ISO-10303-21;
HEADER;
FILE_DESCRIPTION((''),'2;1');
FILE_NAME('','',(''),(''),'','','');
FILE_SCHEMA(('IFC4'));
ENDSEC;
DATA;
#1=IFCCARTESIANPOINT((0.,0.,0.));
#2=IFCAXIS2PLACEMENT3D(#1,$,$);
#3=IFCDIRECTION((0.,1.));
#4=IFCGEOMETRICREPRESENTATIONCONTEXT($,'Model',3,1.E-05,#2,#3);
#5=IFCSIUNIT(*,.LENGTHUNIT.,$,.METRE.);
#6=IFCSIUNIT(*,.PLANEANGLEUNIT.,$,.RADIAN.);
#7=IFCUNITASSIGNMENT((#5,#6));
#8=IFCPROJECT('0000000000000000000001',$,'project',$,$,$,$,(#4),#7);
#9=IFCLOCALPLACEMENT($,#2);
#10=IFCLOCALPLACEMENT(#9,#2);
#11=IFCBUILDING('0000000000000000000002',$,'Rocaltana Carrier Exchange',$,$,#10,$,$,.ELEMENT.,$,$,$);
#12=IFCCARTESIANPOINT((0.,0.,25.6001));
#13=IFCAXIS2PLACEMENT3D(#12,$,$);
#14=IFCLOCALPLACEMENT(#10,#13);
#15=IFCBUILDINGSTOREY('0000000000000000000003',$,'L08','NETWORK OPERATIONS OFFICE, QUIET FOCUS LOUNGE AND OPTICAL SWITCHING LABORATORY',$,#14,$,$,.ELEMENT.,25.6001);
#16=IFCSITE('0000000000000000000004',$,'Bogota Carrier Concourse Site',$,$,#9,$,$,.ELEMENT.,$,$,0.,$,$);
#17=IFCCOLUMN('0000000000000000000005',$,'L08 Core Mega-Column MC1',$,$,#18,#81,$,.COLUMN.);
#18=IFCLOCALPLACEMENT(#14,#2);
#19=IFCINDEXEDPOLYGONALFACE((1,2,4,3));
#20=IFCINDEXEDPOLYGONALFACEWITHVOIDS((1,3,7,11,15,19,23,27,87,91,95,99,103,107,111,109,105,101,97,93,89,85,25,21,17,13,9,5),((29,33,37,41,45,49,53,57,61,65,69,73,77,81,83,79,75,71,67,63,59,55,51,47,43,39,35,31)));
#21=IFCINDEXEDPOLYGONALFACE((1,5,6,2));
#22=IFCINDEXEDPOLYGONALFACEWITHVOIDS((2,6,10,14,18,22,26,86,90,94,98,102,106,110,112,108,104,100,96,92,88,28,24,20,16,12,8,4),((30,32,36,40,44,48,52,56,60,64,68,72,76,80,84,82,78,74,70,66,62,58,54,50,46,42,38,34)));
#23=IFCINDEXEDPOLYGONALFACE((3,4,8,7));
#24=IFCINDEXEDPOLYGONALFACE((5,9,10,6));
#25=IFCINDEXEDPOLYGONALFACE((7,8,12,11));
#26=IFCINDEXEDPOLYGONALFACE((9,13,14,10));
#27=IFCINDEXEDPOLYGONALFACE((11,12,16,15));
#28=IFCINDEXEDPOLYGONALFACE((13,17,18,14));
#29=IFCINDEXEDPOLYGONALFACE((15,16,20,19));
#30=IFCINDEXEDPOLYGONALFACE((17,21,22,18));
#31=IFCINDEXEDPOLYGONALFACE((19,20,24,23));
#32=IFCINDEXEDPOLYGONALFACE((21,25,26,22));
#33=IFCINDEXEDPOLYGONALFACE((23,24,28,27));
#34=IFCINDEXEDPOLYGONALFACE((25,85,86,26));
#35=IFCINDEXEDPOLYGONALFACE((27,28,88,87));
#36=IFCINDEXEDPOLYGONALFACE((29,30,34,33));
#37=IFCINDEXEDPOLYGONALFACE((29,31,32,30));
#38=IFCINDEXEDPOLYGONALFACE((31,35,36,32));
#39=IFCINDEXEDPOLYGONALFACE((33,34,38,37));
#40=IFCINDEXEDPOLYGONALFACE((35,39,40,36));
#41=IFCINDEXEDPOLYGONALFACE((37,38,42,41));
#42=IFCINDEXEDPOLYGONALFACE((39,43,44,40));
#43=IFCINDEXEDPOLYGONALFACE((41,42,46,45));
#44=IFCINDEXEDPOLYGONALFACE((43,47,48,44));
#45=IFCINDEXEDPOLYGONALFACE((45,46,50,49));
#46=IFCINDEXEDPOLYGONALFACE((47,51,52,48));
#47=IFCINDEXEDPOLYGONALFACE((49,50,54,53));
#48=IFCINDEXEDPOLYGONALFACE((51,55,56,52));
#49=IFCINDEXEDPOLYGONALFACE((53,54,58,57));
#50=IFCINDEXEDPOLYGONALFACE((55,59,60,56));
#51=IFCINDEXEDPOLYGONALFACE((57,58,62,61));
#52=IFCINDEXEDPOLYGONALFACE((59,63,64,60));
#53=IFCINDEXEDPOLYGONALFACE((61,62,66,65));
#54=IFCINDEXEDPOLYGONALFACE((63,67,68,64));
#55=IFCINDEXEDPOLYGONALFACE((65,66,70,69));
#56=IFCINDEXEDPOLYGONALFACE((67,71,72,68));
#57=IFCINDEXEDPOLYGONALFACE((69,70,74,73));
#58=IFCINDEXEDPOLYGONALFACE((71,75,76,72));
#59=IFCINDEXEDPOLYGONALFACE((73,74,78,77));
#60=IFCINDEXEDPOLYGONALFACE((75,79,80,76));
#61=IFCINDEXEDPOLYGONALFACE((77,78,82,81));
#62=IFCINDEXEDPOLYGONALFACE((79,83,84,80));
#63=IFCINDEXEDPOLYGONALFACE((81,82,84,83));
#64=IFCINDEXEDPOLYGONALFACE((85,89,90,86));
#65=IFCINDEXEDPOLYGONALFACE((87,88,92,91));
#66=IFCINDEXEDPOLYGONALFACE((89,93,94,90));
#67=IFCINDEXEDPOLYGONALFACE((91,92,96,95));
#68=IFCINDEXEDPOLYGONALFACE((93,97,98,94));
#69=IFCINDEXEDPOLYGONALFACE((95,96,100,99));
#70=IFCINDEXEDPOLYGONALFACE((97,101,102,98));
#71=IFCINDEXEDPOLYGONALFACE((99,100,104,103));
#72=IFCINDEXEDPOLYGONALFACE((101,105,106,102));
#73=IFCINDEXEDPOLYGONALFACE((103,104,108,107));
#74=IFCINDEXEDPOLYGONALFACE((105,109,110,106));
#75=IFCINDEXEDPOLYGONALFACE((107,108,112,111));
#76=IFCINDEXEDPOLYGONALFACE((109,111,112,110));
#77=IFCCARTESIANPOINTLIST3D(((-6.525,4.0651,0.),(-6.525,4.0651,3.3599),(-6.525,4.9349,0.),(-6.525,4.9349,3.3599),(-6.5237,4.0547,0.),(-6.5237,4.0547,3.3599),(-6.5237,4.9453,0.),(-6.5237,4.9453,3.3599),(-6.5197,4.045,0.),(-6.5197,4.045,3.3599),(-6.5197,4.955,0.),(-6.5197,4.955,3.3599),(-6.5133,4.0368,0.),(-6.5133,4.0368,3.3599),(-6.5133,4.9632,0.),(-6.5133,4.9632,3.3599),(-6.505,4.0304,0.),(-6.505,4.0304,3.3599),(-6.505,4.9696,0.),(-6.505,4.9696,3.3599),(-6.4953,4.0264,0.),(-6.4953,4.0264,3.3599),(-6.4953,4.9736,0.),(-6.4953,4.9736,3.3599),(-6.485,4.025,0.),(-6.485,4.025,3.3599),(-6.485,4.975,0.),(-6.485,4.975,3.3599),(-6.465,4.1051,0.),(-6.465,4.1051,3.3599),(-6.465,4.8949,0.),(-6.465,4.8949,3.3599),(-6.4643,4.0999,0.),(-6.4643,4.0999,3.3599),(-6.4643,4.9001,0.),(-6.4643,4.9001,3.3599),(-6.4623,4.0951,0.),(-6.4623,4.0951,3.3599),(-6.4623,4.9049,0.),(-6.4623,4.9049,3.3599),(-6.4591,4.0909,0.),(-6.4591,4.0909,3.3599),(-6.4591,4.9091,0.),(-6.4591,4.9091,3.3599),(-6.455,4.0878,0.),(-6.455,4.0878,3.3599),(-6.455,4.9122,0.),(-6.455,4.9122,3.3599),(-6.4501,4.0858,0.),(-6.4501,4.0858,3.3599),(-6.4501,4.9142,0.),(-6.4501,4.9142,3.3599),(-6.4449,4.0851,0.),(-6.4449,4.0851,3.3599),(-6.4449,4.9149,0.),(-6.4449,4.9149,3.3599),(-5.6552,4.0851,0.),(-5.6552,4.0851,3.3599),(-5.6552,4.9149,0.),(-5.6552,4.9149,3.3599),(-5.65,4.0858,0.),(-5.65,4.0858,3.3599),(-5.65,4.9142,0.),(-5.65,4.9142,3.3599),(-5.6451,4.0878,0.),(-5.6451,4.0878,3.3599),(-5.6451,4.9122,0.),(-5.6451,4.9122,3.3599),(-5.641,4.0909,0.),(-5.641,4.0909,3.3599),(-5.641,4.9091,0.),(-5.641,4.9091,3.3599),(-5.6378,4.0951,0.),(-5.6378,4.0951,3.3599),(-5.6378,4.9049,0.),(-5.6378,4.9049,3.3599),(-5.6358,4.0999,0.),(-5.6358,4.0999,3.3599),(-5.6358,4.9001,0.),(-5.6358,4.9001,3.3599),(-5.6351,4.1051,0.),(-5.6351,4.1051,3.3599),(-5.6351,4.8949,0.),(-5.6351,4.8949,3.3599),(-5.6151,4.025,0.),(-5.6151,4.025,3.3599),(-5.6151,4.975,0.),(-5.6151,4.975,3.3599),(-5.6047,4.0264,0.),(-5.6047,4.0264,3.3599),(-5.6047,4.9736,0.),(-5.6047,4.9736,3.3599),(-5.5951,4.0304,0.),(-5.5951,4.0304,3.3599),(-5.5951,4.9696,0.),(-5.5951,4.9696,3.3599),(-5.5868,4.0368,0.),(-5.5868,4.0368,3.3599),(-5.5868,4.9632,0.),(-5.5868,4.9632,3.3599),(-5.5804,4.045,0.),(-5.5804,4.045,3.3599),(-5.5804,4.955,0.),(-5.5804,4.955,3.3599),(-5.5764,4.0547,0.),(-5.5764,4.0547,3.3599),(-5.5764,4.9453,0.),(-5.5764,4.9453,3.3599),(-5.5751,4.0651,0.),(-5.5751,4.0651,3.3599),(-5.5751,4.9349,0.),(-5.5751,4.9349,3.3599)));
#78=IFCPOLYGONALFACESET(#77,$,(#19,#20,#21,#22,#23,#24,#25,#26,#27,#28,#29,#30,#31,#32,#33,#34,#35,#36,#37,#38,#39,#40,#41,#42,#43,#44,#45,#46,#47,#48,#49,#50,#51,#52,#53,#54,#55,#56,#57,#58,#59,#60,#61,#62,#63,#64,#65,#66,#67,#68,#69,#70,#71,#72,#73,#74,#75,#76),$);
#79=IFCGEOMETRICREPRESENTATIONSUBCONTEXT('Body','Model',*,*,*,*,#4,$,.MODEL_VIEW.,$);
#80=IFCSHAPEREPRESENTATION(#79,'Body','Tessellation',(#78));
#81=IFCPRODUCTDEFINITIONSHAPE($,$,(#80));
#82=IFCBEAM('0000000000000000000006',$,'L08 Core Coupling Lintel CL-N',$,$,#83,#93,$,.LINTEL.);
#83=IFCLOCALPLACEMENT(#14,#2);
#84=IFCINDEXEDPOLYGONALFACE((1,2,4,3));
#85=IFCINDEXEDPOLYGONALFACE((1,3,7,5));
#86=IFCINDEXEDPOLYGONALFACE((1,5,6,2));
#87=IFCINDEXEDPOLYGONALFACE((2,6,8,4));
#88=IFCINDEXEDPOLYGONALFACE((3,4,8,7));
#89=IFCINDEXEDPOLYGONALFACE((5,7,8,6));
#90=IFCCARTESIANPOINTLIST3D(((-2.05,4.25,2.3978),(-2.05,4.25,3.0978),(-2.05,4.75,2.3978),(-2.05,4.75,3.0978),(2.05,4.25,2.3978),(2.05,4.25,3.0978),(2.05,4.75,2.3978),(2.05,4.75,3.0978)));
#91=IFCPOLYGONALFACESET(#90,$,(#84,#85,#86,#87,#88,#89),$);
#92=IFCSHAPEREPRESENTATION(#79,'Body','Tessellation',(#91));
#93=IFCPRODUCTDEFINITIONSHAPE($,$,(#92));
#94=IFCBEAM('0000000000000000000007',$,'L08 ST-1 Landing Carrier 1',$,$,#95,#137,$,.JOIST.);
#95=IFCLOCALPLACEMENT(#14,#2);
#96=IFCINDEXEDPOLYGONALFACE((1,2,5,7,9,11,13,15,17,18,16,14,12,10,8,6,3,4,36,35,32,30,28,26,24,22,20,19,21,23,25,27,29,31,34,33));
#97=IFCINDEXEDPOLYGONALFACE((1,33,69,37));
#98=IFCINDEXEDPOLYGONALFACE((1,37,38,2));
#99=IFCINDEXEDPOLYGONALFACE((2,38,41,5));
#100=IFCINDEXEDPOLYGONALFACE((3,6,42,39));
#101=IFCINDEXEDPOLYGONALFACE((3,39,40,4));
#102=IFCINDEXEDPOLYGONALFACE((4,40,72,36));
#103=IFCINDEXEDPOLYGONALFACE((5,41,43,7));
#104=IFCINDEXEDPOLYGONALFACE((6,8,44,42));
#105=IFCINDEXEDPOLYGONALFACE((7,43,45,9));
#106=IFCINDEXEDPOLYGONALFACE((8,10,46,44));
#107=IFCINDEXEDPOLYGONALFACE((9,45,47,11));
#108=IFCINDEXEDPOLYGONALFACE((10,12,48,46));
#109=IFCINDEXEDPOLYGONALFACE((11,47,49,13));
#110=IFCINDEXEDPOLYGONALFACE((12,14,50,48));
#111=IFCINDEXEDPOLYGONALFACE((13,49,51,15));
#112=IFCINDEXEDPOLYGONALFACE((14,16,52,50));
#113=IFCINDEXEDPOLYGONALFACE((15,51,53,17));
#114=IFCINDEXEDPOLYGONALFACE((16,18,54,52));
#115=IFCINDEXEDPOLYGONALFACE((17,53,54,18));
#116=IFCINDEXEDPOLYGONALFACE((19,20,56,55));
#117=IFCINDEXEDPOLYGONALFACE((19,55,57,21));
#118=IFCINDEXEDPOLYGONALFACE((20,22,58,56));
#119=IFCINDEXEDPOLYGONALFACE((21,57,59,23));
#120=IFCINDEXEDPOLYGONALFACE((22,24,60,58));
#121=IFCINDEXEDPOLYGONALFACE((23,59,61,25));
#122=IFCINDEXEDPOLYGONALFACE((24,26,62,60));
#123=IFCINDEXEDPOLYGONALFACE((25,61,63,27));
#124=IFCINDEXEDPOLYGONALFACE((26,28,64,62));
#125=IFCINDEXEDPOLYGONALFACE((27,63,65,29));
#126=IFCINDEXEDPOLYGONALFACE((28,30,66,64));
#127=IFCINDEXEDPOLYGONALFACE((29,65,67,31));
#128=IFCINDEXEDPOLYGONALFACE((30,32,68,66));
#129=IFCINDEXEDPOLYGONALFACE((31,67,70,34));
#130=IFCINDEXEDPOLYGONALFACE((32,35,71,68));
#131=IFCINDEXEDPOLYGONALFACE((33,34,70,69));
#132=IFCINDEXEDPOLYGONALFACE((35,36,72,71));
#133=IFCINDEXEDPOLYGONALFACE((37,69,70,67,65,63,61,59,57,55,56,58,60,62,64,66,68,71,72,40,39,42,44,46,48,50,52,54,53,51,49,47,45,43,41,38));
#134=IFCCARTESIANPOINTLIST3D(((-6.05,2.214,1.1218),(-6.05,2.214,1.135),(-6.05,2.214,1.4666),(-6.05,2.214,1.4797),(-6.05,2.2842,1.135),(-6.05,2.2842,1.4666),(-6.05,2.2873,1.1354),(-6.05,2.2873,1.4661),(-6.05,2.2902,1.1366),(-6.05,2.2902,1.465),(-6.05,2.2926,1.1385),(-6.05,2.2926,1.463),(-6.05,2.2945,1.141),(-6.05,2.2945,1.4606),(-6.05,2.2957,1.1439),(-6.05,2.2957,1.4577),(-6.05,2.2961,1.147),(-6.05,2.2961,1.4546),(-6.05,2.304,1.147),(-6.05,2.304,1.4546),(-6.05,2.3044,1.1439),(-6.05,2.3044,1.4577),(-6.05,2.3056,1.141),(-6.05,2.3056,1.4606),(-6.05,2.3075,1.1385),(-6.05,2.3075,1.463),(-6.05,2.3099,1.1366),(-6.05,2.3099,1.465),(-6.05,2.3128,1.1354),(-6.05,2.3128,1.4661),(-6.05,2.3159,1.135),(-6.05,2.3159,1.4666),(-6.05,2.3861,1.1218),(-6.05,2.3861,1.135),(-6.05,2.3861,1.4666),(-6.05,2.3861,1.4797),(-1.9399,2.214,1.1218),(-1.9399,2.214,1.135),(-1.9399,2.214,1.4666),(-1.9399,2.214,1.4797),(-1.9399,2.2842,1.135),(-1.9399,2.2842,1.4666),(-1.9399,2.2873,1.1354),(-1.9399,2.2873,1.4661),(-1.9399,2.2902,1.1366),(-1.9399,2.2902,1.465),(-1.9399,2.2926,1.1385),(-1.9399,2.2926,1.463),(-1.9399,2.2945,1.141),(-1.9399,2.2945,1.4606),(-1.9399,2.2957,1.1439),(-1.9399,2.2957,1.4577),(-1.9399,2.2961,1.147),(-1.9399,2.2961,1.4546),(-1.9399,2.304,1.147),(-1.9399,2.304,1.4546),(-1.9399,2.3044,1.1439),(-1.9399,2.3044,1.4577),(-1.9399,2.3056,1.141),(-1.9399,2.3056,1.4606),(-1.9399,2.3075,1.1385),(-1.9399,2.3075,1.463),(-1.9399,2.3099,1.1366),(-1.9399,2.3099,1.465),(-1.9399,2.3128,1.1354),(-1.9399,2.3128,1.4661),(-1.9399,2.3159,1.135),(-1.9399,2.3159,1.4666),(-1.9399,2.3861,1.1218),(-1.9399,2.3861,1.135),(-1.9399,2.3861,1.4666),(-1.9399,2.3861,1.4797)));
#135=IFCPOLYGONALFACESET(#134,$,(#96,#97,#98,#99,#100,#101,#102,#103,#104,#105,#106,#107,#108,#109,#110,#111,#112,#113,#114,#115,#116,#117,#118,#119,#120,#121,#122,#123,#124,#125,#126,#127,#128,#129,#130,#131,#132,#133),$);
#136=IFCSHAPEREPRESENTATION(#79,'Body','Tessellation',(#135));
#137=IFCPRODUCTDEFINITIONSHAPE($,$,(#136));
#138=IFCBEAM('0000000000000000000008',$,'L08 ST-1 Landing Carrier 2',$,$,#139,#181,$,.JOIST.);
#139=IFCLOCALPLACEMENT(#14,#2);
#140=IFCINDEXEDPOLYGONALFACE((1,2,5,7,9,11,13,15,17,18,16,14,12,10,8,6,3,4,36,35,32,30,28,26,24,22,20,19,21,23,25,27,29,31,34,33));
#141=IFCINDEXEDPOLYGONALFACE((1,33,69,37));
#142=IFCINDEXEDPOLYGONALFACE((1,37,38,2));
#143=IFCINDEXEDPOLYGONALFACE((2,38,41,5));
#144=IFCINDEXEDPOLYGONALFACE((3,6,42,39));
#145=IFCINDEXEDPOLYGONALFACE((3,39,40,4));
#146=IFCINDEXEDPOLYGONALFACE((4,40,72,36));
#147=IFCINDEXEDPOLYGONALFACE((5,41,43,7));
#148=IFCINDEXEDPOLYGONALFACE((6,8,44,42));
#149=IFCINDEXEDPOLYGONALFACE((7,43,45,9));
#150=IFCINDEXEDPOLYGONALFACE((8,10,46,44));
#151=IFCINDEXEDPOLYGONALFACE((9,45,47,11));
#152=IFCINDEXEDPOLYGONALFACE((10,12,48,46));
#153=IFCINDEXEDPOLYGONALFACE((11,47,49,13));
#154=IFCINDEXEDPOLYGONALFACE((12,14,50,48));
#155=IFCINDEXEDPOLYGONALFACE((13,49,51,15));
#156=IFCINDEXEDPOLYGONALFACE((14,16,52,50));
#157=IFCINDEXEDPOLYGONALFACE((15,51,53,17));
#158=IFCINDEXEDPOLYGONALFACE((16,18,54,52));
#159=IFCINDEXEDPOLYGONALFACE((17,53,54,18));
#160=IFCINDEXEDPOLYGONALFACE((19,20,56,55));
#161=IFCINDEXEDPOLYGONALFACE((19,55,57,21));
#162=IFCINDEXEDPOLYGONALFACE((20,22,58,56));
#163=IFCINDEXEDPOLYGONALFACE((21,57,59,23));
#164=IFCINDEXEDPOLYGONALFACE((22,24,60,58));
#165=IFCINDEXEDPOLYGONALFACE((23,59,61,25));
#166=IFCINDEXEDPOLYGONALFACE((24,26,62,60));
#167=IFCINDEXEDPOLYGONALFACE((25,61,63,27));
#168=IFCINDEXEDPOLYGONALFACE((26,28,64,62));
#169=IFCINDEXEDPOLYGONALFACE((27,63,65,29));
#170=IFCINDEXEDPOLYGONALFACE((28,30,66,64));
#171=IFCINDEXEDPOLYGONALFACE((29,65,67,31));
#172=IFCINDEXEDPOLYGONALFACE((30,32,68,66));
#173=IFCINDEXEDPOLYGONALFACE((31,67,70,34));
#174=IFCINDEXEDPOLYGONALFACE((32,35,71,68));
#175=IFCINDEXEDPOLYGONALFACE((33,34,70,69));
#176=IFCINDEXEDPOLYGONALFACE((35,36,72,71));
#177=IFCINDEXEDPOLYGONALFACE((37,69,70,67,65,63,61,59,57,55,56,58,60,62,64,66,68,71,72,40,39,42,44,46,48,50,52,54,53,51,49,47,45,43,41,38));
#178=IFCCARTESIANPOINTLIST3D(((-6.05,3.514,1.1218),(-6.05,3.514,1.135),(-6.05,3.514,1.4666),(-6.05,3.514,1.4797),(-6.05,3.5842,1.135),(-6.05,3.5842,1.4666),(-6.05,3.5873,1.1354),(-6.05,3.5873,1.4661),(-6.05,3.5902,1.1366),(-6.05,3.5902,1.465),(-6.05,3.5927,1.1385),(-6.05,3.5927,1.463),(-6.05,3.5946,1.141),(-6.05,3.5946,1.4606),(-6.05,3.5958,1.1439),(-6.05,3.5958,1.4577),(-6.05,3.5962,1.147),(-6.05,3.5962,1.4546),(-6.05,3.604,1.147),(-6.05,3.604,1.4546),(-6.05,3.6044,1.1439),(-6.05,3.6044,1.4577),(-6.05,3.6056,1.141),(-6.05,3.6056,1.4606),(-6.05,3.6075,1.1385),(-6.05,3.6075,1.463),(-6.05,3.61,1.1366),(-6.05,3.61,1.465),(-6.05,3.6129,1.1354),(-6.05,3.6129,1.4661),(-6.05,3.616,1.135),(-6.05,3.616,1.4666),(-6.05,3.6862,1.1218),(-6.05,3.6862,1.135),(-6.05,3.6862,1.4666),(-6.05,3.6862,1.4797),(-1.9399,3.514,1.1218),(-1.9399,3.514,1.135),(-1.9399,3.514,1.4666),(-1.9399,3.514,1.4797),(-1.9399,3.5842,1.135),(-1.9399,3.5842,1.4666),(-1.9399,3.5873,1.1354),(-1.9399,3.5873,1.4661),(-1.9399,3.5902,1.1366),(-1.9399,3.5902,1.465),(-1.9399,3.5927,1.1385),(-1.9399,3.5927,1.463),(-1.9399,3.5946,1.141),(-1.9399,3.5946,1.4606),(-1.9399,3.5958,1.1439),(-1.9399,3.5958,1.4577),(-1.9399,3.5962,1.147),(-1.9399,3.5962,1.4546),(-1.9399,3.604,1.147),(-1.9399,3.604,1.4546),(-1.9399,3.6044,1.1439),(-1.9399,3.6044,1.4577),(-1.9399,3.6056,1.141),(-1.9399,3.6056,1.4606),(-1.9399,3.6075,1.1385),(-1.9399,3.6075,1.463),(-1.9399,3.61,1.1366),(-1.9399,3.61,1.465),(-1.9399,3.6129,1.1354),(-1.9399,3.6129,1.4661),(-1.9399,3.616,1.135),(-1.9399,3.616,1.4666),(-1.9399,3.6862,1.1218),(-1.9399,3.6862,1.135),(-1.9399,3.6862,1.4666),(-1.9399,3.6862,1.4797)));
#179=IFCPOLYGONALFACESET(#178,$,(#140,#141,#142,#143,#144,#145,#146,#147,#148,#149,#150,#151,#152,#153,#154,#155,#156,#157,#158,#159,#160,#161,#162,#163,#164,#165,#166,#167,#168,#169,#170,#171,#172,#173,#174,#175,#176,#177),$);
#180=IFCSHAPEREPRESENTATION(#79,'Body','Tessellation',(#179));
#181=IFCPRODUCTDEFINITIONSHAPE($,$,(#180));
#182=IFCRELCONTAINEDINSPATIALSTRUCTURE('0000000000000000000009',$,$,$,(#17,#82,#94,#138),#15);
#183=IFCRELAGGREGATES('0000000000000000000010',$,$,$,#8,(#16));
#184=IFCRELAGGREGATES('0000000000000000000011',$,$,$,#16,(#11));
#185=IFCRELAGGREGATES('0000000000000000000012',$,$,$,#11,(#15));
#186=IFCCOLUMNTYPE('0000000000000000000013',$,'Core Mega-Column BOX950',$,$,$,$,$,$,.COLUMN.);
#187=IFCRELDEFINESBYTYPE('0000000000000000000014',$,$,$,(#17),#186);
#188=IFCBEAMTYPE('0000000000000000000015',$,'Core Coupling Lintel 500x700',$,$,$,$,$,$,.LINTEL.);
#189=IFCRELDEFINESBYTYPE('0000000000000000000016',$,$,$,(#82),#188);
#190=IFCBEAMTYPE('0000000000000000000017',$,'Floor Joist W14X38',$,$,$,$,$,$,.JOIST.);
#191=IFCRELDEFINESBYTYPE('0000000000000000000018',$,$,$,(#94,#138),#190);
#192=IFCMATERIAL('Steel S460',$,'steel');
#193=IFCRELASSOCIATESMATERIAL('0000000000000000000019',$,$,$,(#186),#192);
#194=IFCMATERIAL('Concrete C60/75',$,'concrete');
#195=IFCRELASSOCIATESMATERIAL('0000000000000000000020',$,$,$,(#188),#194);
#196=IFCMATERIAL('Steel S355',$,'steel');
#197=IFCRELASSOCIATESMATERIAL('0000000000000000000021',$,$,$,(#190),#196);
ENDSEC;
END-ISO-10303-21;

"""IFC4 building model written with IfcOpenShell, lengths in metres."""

from ifc_helpers import new_model, si_unit, direction, frame, origin, origin_2d, place, context, subcontext, project, spatial, rectangle, hollow_rectangle, i_section, extrude, material, material_profile, profile_set, type_object, element, save


model = new_model("IFC4")

# Units and contexts
model_context = context("Model", 3, precision=1e-05, world=origin(), true_north=direction((0.0, 1.0)))
body_context = subcontext(model_context, "Body", "Model", "MODEL_VIEW")
ifc_project = project(units=[si_unit("LENGTHUNIT", "METRE"), si_unit("PLANEANGLEUNIT", "RADIAN")], contexts=[model_context])

# Site, building, storey
site_placement = place(None, origin())
site = spatial("IfcSite", under=ifc_project, at=site_placement, Name="Bogota Carrier Concourse Site", CompositionType="ELEMENT", RefElevation=0.0)
building_placement = place(site_placement, origin())
building = spatial("IfcBuilding", under=site, at=building_placement, Name="Rocaltana Carrier Exchange", CompositionType="ELEMENT")
storey_placement = place(building_placement, frame((0.0, 0.0, 25.6001)))
storey = spatial("IfcBuildingStorey", under=building, at=storey_placement, Name="L08", Description="NETWORK OPERATIONS OFFICE, QUIET FOCUS LOUNGE AND OPTICAL SWITCHING LABORATORY", CompositionType="ELEMENT", Elevation=25.6001)

# Column
ifc_material_1 = material(Name="Steel S460", Category="steel")
ifc_material_profile_1 = material_profile(ifc_material_1, hollow_rectangle(XDim=0.95, YDim=0.95, WallThickness=0.0601, InnerFilletRadius=0.02, OuterFilletRadius=0.04, at=origin_2d()), Name="BOX950X950X60")
ifc_profile_set_1 = profile_set([ifc_material_profile_1], Name="Steel S460")
column_type = type_object("IfcColumnType", Name="Core Mega-Column BOX950", PredefinedType="COLUMN", material=ifc_profile_set_1)
column_placement = place(storey_placement, frame((-6.05, 4.5, 0.0), z_axis=(0.0, 0.0, 1.0), x_axis=(1.0, 0.0, 0.0)))
element("IfcColumn", 1, at=column_placement, inside=storey, type_object=column_type, Name="L08 Core Mega-Column MC1", PredefinedType="COLUMN", context=body_context, shape_type="SweptSolid", body=[
    extrude(hollow_rectangle(XDim=0.95, YDim=0.95, WallThickness=0.0601, InnerFilletRadius=0.02, OuterFilletRadius=0.04, at=origin_2d()), origin(), (0.0, 0.0, 1.0), 3.3599),
])

# Beams
ifc_material_2 = material(Name="Concrete C60/75", Category="concrete")
ifc_material_profile_2 = material_profile(ifc_material_2, rectangle(XDim=0.5, YDim=0.7, at=origin_2d()), Name="RC-BM-500X700")
ifc_profile_set_2 = profile_set([ifc_material_profile_2], Name="Concrete C60/75")
beam_type_1 = type_object("IfcBeamType", Name="Core Coupling Lintel 500x700", PredefinedType="LINTEL", material=ifc_profile_set_2)
beam_1_placement = place(storey_placement, frame((-2.05, 4.5, 2.7478), z_axis=(1.0, 0.0, 0.0), x_axis=(0.0, 1.0, 0.0)))
element("IfcBeam", 2, at=beam_1_placement, inside=storey, type_object=beam_type_1, Name="L08 Core Coupling Lintel CL-N", PredefinedType="LINTEL", context=body_context, shape_type="SweptSolid", body=[
    extrude(rectangle(XDim=0.5, YDim=0.7, at=origin_2d()), origin(), (0.0, 0.0, 1.0), 4.1001),
])
ifc_material_3 = material(Name="Steel S355", Category="steel")
ifc_material_profile_3 = material_profile(ifc_material_3, i_section(OverallWidth=0.1721, OverallDepth=0.3579, WebThickness=0.0078, FlangeThickness=0.0132, FilletRadius=0.012, at=origin_2d()), Name="W14X38")
ifc_profile_set_3 = profile_set([ifc_material_profile_3], Name="Steel S355")
beam_type_2 = type_object("IfcBeamType", Name="Floor Joist W14X38", PredefinedType="JOIST", material=ifc_profile_set_3)
for number, where, z_axis, x_axis, name in (
    (3, (-6.05, 2.3, 1.3008), (1.0, 0.0, 0.0), (0.0, 1.0, 0.0), "L08 ST-1 Landing Carrier 1"),
    (4, (-6.05, 3.6001, 1.3008), (1.0, 0.0, 0.0), (0.0, 1.0, 0.0), "L08 ST-1 Landing Carrier 2"),
):
    element("IfcBeam", number, at=place(storey_placement, frame(where, z_axis=z_axis, x_axis=x_axis)), inside=storey, type_object=beam_type_2, Name=name, PredefinedType="JOIST", context=body_context, shape_type="SweptSolid", body=[
        extrude(i_section(OverallWidth=0.1721, OverallDepth=0.3579, WebThickness=0.0078, FlangeThickness=0.0132, FilletRadius=0.012, at=origin_2d()), origin(), (0.0, 0.0, 1.0), 4.1101),
    ])

save(model, "model.ifc")
